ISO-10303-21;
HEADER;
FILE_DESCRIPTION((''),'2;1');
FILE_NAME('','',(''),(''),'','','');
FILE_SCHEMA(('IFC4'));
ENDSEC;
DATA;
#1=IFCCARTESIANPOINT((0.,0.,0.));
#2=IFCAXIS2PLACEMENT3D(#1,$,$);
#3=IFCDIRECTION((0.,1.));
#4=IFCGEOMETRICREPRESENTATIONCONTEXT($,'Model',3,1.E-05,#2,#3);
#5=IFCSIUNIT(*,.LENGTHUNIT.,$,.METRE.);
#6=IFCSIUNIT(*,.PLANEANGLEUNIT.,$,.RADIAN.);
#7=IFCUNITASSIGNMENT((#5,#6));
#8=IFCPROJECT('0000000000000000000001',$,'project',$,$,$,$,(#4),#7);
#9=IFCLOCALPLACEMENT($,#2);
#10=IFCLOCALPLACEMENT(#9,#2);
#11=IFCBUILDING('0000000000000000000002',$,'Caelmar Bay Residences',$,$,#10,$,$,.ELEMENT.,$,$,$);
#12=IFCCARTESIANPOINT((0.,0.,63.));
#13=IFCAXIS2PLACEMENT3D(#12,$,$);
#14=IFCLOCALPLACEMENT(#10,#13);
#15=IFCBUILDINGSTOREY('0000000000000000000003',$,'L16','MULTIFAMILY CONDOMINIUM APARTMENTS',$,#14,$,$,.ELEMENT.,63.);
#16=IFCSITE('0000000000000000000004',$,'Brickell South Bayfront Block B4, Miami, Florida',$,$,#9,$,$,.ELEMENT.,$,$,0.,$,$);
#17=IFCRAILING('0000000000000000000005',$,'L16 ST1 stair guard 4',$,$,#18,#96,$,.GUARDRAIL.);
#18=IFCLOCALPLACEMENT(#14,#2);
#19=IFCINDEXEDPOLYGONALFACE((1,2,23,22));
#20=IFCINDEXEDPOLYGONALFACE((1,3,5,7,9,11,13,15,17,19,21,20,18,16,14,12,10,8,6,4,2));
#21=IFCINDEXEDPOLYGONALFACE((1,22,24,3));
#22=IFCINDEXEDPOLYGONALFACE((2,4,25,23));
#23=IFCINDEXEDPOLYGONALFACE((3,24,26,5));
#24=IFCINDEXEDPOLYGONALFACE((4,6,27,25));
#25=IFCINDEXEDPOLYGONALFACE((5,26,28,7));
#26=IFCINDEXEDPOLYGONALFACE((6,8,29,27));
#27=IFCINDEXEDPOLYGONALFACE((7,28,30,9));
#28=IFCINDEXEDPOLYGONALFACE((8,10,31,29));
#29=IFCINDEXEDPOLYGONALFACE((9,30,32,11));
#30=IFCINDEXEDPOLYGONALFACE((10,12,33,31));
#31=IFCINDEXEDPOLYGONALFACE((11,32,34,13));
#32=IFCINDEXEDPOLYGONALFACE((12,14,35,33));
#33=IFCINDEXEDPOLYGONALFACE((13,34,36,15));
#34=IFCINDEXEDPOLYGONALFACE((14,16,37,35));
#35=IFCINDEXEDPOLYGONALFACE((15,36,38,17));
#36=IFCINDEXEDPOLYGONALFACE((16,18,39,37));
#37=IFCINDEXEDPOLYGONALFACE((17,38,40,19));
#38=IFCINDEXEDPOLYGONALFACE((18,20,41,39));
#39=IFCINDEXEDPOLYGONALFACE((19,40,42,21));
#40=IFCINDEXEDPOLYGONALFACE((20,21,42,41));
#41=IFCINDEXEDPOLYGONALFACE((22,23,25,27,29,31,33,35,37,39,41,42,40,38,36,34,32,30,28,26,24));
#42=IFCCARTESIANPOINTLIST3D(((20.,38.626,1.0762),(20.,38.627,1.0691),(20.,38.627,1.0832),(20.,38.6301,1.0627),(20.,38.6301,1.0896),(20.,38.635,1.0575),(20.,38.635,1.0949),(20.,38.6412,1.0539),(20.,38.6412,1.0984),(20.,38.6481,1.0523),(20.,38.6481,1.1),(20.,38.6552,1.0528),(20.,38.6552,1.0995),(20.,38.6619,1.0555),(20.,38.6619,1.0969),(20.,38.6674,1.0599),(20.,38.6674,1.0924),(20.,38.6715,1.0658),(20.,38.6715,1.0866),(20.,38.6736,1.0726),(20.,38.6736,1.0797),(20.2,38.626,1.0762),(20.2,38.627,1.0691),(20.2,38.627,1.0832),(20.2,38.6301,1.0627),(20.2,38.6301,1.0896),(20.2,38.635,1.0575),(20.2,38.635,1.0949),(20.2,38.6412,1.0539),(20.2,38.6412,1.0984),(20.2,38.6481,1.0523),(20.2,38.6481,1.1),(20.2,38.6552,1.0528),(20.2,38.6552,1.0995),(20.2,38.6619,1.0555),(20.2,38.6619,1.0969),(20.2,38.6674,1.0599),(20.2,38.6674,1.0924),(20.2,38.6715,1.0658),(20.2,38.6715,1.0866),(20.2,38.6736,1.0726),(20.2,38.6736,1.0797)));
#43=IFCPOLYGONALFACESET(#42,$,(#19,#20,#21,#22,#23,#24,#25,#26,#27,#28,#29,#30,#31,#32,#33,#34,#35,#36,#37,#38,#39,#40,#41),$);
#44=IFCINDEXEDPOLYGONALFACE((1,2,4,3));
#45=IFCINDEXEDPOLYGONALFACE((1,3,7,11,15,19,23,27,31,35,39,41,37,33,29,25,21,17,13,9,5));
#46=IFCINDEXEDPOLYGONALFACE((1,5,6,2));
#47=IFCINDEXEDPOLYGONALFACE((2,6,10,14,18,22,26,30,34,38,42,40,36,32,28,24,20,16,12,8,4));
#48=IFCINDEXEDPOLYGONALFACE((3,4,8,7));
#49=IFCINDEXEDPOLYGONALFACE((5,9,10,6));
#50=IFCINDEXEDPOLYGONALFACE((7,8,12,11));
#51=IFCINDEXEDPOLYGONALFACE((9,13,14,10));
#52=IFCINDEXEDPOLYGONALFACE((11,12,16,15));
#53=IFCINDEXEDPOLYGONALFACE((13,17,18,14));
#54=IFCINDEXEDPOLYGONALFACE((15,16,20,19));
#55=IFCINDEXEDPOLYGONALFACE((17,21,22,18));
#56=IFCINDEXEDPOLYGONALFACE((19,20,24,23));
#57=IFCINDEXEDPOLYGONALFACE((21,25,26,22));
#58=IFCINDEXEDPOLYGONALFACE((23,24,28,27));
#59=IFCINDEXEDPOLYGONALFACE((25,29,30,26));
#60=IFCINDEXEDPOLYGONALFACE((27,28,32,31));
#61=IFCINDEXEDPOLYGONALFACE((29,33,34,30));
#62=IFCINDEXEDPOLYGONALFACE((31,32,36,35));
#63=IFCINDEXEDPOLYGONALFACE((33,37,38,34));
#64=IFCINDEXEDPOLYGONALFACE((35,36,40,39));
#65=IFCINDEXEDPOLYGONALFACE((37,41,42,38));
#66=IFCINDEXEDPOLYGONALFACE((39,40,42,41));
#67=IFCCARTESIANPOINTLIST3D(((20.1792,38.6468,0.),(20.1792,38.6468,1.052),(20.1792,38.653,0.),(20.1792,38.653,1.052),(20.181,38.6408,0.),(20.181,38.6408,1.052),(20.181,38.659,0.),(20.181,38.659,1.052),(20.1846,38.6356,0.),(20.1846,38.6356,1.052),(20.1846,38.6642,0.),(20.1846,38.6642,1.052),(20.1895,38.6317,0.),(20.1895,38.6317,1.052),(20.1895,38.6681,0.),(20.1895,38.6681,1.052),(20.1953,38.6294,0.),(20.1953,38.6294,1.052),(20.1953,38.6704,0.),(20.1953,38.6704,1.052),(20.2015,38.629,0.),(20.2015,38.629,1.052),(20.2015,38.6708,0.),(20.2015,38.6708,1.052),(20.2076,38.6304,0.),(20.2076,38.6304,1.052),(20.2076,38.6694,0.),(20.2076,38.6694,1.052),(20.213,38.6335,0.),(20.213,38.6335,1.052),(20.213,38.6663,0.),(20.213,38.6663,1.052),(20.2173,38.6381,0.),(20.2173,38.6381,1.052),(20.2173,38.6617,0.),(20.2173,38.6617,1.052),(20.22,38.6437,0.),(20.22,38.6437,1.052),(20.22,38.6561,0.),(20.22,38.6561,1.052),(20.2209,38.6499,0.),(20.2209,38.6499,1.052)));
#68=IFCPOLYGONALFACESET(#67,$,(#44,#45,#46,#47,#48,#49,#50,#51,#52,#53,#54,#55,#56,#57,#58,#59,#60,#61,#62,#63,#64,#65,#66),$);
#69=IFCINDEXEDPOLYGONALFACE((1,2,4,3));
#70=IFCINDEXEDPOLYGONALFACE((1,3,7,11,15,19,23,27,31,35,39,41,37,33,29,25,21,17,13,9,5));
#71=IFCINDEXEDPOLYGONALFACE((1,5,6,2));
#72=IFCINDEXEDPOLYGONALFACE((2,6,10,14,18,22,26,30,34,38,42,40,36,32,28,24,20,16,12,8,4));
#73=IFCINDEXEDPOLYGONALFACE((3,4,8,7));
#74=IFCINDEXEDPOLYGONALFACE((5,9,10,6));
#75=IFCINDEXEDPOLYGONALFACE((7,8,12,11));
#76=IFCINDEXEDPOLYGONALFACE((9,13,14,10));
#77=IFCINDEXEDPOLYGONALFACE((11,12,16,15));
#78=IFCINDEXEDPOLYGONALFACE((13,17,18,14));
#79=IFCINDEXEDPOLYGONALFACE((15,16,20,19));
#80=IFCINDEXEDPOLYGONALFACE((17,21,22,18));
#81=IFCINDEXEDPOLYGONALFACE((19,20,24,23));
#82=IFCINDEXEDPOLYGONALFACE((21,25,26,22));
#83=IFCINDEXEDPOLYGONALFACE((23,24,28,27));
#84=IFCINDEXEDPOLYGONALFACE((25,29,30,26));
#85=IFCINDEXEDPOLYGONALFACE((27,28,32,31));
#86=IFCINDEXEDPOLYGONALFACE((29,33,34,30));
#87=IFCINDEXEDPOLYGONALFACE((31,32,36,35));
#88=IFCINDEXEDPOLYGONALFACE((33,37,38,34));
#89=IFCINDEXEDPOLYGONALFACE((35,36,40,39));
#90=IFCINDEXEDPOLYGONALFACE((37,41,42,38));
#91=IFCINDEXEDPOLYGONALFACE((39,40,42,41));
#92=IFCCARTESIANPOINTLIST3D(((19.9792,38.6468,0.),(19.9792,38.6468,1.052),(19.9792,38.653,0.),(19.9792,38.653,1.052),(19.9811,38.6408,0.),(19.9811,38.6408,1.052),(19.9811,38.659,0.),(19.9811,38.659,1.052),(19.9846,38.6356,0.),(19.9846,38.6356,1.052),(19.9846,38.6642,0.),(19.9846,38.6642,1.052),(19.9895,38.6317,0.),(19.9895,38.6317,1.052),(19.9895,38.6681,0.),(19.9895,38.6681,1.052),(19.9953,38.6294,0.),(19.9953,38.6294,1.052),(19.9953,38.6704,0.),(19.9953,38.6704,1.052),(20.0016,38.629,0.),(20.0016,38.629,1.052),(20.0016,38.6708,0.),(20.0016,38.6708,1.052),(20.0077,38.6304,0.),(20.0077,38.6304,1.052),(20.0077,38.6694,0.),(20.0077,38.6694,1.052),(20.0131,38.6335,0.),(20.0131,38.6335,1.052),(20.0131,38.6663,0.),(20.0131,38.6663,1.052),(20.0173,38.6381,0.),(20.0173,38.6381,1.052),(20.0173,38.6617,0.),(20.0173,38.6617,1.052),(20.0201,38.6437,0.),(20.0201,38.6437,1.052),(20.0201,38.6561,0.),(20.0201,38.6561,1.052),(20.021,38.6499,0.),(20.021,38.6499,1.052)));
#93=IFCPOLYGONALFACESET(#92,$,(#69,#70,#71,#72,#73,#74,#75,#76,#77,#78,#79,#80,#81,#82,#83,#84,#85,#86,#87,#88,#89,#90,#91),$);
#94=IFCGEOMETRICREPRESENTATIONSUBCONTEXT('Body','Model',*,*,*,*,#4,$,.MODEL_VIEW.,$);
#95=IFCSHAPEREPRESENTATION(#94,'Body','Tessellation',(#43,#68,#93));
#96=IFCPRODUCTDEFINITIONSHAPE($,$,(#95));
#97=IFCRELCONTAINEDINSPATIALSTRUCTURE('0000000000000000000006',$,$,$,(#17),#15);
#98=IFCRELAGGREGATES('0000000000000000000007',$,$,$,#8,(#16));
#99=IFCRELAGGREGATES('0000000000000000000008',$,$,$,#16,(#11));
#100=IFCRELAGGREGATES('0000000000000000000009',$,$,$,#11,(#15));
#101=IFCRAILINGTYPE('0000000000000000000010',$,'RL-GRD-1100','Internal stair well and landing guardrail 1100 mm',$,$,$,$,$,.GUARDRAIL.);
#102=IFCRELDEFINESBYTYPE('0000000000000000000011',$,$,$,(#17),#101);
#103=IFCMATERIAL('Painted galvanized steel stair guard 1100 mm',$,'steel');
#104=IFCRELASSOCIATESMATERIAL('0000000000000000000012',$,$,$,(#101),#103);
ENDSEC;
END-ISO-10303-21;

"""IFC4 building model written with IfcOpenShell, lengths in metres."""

from ifc_helpers import new_model, si_unit, direction, frame, origin, origin_2d, place, context, subcontext, project, spatial, circle, extrude, material, type_object, element, save


model = new_model("IFC4")

# Units and contexts
model_context = context("Model", 3, precision=1e-05, world=origin(), true_north=direction((0.0, 1.0)))
body_context = subcontext(model_context, "Body", "Model", "MODEL_VIEW")
ifc_project = project(units=[si_unit("LENGTHUNIT", "METRE"), si_unit("PLANEANGLEUNIT", "RADIAN")], contexts=[model_context])

# Site, building, storey
site_placement = place(None, origin())
site = spatial("IfcSite", under=ifc_project, at=site_placement, Name="Brickell South Bayfront Block B4, Miami, Florida", CompositionType="ELEMENT", RefElevation=0.0)
building_placement = place(site_placement, origin())
building = spatial("IfcBuilding", under=site, at=building_placement, Name="Caelmar Bay Residences", CompositionType="ELEMENT")
storey_placement = place(building_placement, frame((0.0, 0.0, 63.0)))
storey = spatial("IfcBuildingStorey", under=building, at=storey_placement, Name="L16", Description="MULTIFAMILY CONDOMINIUM APARTMENTS", CompositionType="ELEMENT", Elevation=63.0)

# Railing
ifc_material_1 = material(Name="Painted galvanized steel stair guard 1100 mm", Category="steel")
railing_type_1 = type_object("IfcRailingType", Name="RL-GRD-1100", Description="Internal stair well and landing guardrail 1100 mm", PredefinedType="GUARDRAIL", material=ifc_material_1)
railing_1_placement = place(storey_placement, frame((20.2, 38.6499, 0.0)))
element("IfcRailing", 1, at=railing_1_placement, inside=storey, type_object=railing_type_1, Name="L16 ST1 stair guard 4", PredefinedType="GUARDRAIL", context=body_context, shape_type="SweptSolid", body=[
    extrude(circle(Radius=0.0239, at=origin_2d()), frame((0.0, 0.0, 1.0762), z_axis=(-1.0, 0.0, 0.0), x_axis=(0.0, -1.0, 0.0)), (0.0, 0.0, 1.0), 0.2),
    extrude(circle(Radius=0.021, at=origin_2d()), origin(), (0.0, 0.0, 1.0), 1.052),
    extrude(circle(Radius=0.021, at=origin_2d()), frame((-0.2, 0.0, 0.0)), (0.0, 0.0, 1.0), 1.052),
])

save(model, "model.ifc")
